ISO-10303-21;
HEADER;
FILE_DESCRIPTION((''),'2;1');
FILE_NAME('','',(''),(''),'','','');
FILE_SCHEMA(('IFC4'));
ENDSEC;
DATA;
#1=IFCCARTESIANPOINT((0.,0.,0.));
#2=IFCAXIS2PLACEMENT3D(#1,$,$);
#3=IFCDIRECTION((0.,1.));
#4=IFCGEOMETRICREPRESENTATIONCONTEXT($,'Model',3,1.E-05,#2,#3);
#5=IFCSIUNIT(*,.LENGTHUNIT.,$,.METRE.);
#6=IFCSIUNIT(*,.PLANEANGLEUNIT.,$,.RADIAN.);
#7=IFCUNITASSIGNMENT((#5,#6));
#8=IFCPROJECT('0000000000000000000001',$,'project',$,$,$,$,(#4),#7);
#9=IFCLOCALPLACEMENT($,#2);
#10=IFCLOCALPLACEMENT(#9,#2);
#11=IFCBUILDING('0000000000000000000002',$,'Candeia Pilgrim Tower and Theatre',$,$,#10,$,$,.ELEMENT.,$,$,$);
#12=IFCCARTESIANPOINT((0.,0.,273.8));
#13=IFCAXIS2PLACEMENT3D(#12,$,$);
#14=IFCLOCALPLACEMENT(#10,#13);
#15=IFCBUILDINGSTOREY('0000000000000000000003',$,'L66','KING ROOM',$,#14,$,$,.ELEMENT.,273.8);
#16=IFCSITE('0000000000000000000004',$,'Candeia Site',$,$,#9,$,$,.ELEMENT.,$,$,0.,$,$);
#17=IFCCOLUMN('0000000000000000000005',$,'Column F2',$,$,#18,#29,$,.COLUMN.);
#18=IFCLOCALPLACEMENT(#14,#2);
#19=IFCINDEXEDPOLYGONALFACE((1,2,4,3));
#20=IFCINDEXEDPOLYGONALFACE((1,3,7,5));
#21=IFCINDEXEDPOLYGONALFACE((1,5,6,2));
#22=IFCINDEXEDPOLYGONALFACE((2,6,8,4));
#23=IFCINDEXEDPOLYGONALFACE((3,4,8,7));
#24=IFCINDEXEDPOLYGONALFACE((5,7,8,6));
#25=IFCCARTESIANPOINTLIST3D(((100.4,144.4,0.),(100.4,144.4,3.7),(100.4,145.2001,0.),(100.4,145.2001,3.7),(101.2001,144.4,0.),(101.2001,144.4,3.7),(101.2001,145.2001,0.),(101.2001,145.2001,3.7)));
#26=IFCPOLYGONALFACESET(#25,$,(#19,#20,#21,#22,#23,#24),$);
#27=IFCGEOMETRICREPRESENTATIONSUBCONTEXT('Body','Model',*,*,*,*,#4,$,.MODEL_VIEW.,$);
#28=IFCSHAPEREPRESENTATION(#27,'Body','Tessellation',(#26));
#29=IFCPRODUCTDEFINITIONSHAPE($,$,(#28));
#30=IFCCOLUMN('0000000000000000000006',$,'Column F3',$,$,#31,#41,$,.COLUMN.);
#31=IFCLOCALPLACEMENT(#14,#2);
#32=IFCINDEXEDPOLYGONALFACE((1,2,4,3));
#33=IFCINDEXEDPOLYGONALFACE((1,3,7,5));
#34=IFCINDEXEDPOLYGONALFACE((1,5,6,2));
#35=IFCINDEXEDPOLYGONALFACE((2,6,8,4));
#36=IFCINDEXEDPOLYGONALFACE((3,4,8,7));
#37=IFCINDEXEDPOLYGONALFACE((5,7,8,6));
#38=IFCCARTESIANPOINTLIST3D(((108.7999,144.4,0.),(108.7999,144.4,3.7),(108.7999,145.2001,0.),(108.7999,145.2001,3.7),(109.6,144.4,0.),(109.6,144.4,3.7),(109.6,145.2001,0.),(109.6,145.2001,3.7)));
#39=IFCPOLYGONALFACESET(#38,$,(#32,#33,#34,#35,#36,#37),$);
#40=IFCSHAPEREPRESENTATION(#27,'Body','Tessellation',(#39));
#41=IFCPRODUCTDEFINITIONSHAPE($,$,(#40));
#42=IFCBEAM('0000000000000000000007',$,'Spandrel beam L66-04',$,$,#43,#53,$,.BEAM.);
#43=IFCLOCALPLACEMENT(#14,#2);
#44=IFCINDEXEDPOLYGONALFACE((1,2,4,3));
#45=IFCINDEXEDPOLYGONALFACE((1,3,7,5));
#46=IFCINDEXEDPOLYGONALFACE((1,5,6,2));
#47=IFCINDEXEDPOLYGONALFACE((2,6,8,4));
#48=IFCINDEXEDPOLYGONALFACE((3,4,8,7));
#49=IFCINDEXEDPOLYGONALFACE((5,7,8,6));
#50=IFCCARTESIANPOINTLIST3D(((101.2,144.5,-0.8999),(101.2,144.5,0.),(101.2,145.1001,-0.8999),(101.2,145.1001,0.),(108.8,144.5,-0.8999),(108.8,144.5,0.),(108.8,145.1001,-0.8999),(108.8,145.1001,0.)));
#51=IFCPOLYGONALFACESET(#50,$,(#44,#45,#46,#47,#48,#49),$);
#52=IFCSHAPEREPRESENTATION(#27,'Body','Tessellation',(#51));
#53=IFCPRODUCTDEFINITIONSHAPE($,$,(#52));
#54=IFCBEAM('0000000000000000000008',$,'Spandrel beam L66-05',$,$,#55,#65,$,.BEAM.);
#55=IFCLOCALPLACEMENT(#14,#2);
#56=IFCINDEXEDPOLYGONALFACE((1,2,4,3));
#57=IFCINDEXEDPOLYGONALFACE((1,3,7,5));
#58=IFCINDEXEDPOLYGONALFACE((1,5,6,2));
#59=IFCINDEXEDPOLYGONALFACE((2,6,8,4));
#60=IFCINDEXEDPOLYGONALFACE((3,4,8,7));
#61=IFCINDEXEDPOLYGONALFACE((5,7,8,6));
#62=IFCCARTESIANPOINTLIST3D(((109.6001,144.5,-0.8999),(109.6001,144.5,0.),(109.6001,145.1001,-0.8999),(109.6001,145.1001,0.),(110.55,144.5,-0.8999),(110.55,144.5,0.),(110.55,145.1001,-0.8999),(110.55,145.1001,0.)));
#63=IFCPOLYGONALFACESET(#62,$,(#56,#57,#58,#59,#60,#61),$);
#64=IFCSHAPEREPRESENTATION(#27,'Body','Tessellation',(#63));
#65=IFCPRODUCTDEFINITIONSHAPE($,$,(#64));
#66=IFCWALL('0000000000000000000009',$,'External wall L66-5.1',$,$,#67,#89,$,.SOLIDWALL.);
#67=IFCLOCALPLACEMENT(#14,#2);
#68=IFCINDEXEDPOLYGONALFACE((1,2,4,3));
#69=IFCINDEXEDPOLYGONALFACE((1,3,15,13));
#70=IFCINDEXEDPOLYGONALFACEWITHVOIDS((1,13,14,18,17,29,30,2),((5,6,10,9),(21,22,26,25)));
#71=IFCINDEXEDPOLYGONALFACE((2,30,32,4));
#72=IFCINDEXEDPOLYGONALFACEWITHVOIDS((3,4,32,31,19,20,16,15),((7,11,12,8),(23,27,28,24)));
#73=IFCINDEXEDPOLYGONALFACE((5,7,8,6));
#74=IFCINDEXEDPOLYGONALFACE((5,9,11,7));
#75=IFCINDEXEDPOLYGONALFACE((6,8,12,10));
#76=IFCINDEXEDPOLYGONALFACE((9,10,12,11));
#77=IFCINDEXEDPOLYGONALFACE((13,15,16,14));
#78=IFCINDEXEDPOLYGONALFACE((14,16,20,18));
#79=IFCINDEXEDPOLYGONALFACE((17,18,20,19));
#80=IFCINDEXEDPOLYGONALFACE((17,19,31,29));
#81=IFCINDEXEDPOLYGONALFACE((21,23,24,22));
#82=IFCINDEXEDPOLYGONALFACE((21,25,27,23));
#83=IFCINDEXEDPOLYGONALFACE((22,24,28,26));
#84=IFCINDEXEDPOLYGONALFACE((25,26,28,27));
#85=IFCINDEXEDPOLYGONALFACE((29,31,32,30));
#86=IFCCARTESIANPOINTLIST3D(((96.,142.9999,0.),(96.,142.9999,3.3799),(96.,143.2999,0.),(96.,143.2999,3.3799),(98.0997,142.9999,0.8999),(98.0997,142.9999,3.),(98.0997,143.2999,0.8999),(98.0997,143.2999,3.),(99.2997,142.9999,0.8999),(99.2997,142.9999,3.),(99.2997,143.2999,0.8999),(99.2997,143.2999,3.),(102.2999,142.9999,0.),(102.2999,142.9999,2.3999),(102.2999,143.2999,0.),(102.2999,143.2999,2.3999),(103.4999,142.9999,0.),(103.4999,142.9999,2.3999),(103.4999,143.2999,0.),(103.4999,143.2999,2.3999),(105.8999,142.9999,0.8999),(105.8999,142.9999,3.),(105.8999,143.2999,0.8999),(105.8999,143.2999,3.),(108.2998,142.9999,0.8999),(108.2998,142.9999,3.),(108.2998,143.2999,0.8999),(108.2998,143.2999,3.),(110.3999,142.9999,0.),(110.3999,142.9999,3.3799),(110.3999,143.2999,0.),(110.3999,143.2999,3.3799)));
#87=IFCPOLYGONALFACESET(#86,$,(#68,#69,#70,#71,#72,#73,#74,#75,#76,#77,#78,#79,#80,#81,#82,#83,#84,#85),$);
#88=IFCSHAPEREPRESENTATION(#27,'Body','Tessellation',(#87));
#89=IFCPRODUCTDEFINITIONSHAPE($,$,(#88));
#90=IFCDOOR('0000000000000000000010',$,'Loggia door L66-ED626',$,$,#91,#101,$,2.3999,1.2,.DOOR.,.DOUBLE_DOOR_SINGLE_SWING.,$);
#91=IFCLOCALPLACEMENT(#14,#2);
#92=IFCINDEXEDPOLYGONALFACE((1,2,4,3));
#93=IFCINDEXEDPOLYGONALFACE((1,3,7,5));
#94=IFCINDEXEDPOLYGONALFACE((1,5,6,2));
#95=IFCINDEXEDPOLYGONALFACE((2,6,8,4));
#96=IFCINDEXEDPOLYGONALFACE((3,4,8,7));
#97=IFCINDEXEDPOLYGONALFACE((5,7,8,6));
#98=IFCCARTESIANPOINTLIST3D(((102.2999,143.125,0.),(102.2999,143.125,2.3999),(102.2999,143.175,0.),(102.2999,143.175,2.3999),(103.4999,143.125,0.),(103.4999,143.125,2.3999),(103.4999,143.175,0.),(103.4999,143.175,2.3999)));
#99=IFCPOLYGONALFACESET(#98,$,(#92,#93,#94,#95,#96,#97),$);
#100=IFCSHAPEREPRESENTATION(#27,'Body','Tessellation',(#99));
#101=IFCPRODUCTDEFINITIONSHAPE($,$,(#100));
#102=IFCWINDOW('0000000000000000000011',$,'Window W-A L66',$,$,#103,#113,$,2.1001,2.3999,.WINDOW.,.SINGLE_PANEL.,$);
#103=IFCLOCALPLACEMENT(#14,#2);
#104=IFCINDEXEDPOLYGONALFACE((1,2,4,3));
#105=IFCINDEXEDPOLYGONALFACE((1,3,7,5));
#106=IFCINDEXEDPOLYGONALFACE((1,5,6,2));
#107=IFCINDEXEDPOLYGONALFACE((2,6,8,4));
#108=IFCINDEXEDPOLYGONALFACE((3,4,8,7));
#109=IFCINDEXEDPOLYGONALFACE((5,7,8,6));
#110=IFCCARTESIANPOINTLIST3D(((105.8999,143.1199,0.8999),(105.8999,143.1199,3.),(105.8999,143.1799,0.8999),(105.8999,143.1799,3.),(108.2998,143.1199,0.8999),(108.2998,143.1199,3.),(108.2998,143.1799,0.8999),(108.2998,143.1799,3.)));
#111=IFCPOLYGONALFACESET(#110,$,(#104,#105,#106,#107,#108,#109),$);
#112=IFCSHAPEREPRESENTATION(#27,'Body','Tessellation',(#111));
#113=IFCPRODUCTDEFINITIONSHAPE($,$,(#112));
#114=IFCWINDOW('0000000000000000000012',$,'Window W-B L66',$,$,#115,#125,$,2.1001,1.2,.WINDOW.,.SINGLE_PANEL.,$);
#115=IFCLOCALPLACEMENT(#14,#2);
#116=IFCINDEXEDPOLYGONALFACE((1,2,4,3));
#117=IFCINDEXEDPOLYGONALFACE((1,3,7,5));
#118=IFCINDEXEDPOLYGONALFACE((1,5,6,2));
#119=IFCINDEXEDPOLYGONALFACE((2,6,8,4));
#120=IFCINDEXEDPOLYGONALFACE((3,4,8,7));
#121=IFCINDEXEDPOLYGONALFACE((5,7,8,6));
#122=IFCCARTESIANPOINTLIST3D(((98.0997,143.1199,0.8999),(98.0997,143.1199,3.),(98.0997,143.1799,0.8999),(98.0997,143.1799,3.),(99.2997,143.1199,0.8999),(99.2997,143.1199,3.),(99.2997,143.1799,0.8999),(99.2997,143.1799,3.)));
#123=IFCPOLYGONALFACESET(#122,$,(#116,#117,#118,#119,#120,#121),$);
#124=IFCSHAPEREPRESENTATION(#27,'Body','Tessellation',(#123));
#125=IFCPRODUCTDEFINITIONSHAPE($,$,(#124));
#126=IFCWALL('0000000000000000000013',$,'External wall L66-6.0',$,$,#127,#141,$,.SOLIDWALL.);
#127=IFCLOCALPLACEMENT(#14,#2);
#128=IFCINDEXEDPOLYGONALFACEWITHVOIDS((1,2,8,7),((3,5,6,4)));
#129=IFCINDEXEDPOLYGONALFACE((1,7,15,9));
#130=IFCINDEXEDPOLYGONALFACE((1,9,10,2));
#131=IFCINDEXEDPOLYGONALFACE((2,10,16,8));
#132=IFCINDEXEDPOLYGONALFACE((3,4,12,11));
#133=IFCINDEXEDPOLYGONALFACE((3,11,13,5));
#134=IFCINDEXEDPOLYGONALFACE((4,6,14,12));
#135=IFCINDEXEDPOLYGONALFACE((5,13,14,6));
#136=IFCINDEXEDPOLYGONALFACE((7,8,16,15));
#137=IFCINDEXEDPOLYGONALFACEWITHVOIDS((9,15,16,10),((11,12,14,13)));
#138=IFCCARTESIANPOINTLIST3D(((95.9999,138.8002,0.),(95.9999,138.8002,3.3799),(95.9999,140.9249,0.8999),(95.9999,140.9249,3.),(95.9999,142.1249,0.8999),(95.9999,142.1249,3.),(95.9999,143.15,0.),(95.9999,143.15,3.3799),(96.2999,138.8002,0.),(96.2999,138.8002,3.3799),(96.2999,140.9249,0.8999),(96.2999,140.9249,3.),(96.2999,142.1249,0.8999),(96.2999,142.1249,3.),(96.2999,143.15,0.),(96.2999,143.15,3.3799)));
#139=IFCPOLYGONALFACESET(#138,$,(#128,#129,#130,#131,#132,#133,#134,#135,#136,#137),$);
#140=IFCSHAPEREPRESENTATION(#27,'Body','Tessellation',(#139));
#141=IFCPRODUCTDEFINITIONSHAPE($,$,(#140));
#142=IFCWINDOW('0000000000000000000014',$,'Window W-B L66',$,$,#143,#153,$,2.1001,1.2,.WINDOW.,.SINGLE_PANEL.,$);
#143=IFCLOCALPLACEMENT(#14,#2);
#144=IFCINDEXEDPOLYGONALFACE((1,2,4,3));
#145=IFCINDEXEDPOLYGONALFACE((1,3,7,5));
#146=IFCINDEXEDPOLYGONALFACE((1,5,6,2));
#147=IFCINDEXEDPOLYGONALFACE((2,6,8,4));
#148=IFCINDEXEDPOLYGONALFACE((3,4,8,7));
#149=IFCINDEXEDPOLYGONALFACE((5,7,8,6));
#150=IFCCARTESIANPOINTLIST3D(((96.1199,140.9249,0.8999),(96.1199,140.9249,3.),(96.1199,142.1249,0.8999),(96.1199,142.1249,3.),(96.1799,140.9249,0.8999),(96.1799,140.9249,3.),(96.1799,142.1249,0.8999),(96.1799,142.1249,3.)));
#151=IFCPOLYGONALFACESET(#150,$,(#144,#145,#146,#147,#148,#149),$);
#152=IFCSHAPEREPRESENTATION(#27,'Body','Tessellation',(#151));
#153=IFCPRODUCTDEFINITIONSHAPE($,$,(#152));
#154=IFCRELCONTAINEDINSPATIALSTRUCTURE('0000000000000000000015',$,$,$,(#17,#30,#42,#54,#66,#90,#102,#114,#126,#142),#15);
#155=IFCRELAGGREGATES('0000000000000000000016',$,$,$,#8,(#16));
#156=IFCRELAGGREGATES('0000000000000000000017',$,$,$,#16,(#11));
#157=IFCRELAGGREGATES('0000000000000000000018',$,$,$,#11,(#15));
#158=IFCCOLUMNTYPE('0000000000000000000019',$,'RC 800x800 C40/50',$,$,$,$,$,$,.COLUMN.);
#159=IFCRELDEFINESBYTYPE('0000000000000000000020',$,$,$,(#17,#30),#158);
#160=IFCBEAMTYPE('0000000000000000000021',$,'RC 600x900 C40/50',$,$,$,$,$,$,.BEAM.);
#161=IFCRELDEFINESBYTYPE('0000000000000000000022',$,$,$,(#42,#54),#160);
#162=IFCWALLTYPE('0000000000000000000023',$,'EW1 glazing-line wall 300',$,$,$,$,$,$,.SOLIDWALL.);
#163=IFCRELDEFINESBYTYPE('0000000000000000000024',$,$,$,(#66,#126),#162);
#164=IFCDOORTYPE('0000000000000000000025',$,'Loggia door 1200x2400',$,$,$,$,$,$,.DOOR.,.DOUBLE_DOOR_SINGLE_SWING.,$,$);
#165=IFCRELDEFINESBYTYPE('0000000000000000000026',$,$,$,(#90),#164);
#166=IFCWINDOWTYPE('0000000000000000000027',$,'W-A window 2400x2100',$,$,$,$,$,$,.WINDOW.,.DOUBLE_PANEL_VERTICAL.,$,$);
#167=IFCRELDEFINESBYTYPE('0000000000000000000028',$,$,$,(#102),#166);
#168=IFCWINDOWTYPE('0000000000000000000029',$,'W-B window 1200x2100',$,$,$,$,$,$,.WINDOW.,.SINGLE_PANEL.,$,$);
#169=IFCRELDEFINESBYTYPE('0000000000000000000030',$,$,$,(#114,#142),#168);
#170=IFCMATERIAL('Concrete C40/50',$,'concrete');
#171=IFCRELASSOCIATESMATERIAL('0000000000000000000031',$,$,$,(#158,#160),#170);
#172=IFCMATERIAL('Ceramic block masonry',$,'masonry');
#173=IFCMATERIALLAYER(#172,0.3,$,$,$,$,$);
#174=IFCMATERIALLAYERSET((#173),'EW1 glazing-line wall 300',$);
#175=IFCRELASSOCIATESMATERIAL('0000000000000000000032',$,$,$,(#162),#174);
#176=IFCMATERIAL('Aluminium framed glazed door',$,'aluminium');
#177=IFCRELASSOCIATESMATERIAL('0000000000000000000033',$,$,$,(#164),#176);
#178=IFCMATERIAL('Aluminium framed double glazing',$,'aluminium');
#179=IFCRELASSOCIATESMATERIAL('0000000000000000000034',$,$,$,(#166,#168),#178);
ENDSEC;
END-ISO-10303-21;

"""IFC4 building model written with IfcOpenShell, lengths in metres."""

from ifc_helpers import new_model, si_unit, direction, frame, frame_2d, origin, origin_2d, place, context, subcontext, project, spatial, rectangle, extrude, material, layer, layer_set, material_profile, profile_set, type_object, element, fill, save


model = new_model("IFC4")

# Units and contexts
model_context = context("Model", 3, precision=1e-05, world=origin(), true_north=direction((0.0, 1.0)))
body_context = subcontext(model_context, "Body", "Model", "MODEL_VIEW")
ifc_project = project(units=[si_unit("LENGTHUNIT", "METRE"), si_unit("PLANEANGLEUNIT", "RADIAN")], contexts=[model_context])

# Site, building, storey
site_placement = place(None, origin())
site = spatial("IfcSite", under=ifc_project, at=site_placement, Name="Candeia Site", CompositionType="ELEMENT", RefElevation=0.0)
building_placement = place(site_placement, origin())
building = spatial("IfcBuilding", under=site, at=building_placement, Name="Candeia Pilgrim Tower and Theatre", CompositionType="ELEMENT")
storey_placement = place(building_placement, frame((0.0, 0.0, 273.8)))
storey = spatial("IfcBuildingStorey", under=building, at=storey_placement, Name="L66", Description="KING ROOM", CompositionType="ELEMENT", Elevation=273.8)

# Columns
ifc_material_1 = material(Name="Concrete C40/50", Category="concrete")
ifc_material_profile_1 = material_profile(ifc_material_1, rectangle(XDim=0.8, YDim=0.8, at=origin_2d()))
ifc_profile_set_1 = profile_set([ifc_material_profile_1], Name="Concrete C40/50")
column_type = type_object("IfcColumnType", Name="RC 800x800 C40/50", PredefinedType="COLUMN", material=ifc_profile_set_1)
for number, where, z_axis, x_axis, name in (
    (1, (100.8, 144.8, 0.0), (0.0, 0.0, 1.0), (1.0, 0.0, 0.0), "Column F2"),
    (2, (109.2, 144.8, 0.0), (0.0, 0.0, 1.0), (1.0, 0.0, 0.0), "Column F3"),
):
    element("IfcColumn", number, at=place(storey_placement, frame(where, z_axis=z_axis, x_axis=x_axis)), inside=storey, type_object=column_type, Name=name, PredefinedType="COLUMN", context=body_context, shape_type="SweptSolid", body=[
        extrude(rectangle(XDim=0.8, YDim=0.8, at=origin_2d()), origin(), (0.0, 0.0, 1.0), 3.7),
    ])

# Beams
ifc_material_profile_2 = material_profile(ifc_material_1, rectangle(XDim=0.6001, YDim=0.8999, at=origin_2d()))
ifc_profile_set_2 = profile_set([ifc_material_profile_2], Name="Concrete C40/50")
beam_type = type_object("IfcBeamType", Name="RC 600x900 C40/50", PredefinedType="BEAM", material=ifc_profile_set_2)
beam_1_placement = place(storey_placement, frame((101.2, 144.8, -0.45), z_axis=(1.0, 0.0, 0.0), x_axis=(0.0, 1.0, 0.0)))
element("IfcBeam", 3, at=beam_1_placement, inside=storey, type_object=beam_type, Name="Spandrel beam L66-04", PredefinedType="BEAM", context=body_context, shape_type="SweptSolid", body=[
    extrude(rectangle(XDim=0.6001, YDim=0.8999, at=origin_2d()), origin(), (0.0, 0.0, 1.0), 7.6001),
])
beam_2_placement = place(storey_placement, frame((109.6001, 144.8, -0.45), z_axis=(1.0, 0.0, 0.0), x_axis=(0.0, 1.0, 0.0)))
element("IfcBeam", 4, at=beam_2_placement, inside=storey, type_object=beam_type, Name="Spandrel beam L66-05", PredefinedType="BEAM", context=body_context, shape_type="SweptSolid", body=[
    extrude(rectangle(XDim=0.6001, YDim=0.8999, at=origin_2d()), origin(), (0.0, 0.0, 1.0), 0.95),
])

# Wall, openings, door, windows
ifc_material_2 = material(Name="Ceramic block masonry", Category="masonry")
ifc_layer_1 = layer(ifc_material_2, 0.3)
ifc_layer_set_1 = layer_set([ifc_layer_1], Name="EW1 glazing-line wall 300")
wall_type_1 = type_object("IfcWallType", Name="EW1 glazing-line wall 300", PredefinedType="SOLIDWALL", material=ifc_layer_set_1)
wall_1_placement = place(storey_placement, frame((110.3999, 143.1499, 0.0), z_axis=(0.0, 0.0, 1.0), x_axis=(-1.0, 0.0, 0.0)))
wall_1 = element("IfcWall", 5, at=wall_1_placement, inside=storey, type_object=wall_type_1, Name="External wall L66-5.1", PredefinedType="SOLIDWALL", context=body_context, shape_type="SweptSolid", body=[
    extrude(rectangle(XDim=14.3999, YDim=0.3, at=frame_2d((7.2, 0.0))), origin(), (0.0, 0.0, 1.0), 3.3799),
])
opening_1_placement = place(wall_1_placement, frame((2.1001, 0.0, 0.8999)))
opening_1 = element("IfcOpeningElement", 6, at=opening_1_placement, cuts=wall_1, PredefinedType="OPENING", context=body_context, shape_type="SweptSolid", body=[
    extrude(rectangle(XDim=2.3999, YDim=2.1001, at=frame_2d((1.2, 1.05))), frame((0.0, 0.1602, 0.0), z_axis=(0.0, -1.0, 0.0), x_axis=(1.0, 0.0, 0.0)), (0.0, 0.0, 1.0), 0.3201),
])
opening_2_placement = place(wall_1_placement, frame((6.8999, 0.0, 0.0)))
opening_2 = element("IfcOpeningElement", 7, at=opening_2_placement, cuts=wall_1, PredefinedType="OPENING", context=body_context, shape_type="SweptSolid", body=[
    extrude(rectangle(XDim=1.2, YDim=2.3999, at=frame_2d((0.6001, 1.2))), frame((0.0, 0.1602, 0.0), z_axis=(0.0, -1.0, 0.0), x_axis=(1.0, 0.0, 0.0)), (0.0, 0.0, 1.0), 0.3201),
])
opening_3_placement = place(wall_1_placement, frame((11.1001, 0.0, 0.8999)))
opening_3 = element("IfcOpeningElement", 8, at=opening_3_placement, cuts=wall_1, PredefinedType="OPENING", context=body_context, shape_type="SweptSolid", body=[
    extrude(rectangle(XDim=1.2, YDim=2.1001, at=frame_2d((0.6001, 1.05))), frame((0.0, 0.1602, 0.0), z_axis=(0.0, -1.0, 0.0), x_axis=(1.0, 0.0, 0.0)), (0.0, 0.0, 1.0), 0.3201),
])
ifc_material_3 = material(Name="Aluminium framed glazed door", Category="aluminium")
door_type_1 = type_object("IfcDoorType", Name="Loggia door 1200x2400", OperationType="DOUBLE_DOOR_SINGLE_SWING", PredefinedType="DOOR", material=ifc_material_3)
door_1_placement = place(opening_2_placement, origin())
door_1 = element("IfcDoor", 9, at=door_1_placement, inside=storey, type_object=door_type_1, Name="Loggia door L66-ED626", OperationType="DOUBLE_DOOR_SINGLE_SWING", OverallHeight=2.3999, OverallWidth=1.2, PredefinedType="DOOR", context=body_context, shape_type="SweptSolid", body=[
    extrude(rectangle(XDim=1.2, YDim=2.3999, at=frame_2d((0.6001, 1.2))), frame((0.0, 0.0249, 0.0), z_axis=(0.0, -1.0, 0.0), x_axis=(1.0, 0.0, 0.0)), (0.0, 0.0, 1.0), 0.05),
])
fill(opening_2, door_1)
ifc_material_4 = material(Name="Aluminium framed double glazing", Category="aluminium")
window_type_1 = type_object("IfcWindowType", Name="W-A window 2400x2100", PartitioningType="DOUBLE_PANEL_VERTICAL", PredefinedType="WINDOW", material=ifc_material_4)
window_1_placement = place(opening_1_placement, origin())
window_1 = element("IfcWindow", 10, at=window_1_placement, inside=storey, type_object=window_type_1, Name="Window W-A L66", OverallHeight=2.1001, OverallWidth=2.3999, PartitioningType="SINGLE_PANEL", PredefinedType="WINDOW", context=body_context, shape_type="SweptSolid", body=[
    extrude(rectangle(XDim=2.3999, YDim=2.1001, at=frame_2d((1.2, 1.05))), frame((0.0, 0.03, 0.0), z_axis=(0.0, -1.0, 0.0), x_axis=(1.0, 0.0, 0.0)), (0.0, 0.0, 1.0), 0.0601),
])
fill(opening_1, window_1)
window_type_2 = type_object("IfcWindowType", Name="W-B window 1200x2100", PartitioningType="SINGLE_PANEL", PredefinedType="WINDOW", material=ifc_material_4)
window_2_placement = place(opening_3_placement, origin())
window_2 = element("IfcWindow", 11, at=window_2_placement, inside=storey, type_object=window_type_2, Name="Window W-B L66", OverallHeight=2.1001, OverallWidth=1.2, PartitioningType="SINGLE_PANEL", PredefinedType="WINDOW", context=body_context, shape_type="SweptSolid", body=[
    extrude(rectangle(XDim=1.2, YDim=2.1001, at=frame_2d((0.6001, 1.05))), frame((0.0, 0.03, 0.0), z_axis=(0.0, -1.0, 0.0), x_axis=(1.0, 0.0, 0.0)), (0.0, 0.0, 1.0), 0.0601),
])
fill(opening_3, window_2)

# Wall, opening, window
wall_2_placement = place(storey_placement, frame((96.1499, 143.1499, 0.0), z_axis=(0.0, 0.0, 1.0), x_axis=(0.0, -1.0, 0.0)))
wall_2 = element("IfcWall", 12, at=wall_2_placement, inside=storey, type_object=wall_type_1, Name="External wall L66-6.0", PredefinedType="SOLIDWALL", context=body_context, shape_type="SweptSolid", body=[
    extrude(rectangle(XDim=4.3499, YDim=0.3, at=frame_2d((2.1748, 0.0))), origin(), (0.0, 0.0, 1.0), 3.3799),
])
opening_4_placement = place(wall_2_placement, frame((1.0249, 0.0, 0.8999)))
opening_4 = element("IfcOpeningElement", 13, at=opening_4_placement, cuts=wall_2, PredefinedType="OPENING", context=body_context, shape_type="SweptSolid", body=[
    extrude(rectangle(XDim=1.2, YDim=2.1001, at=frame_2d((0.6001, 1.05))), frame((0.0, 0.1602, 0.0), z_axis=(0.0, -1.0, 0.0), x_axis=(1.0, 0.0, 0.0)), (0.0, 0.0, 1.0), 0.3201),
])
window_3_placement = place(opening_4_placement, origin())
window_3 = element("IfcWindow", 14, at=window_3_placement, inside=storey, type_object=window_type_2, Name="Window W-B L66", OverallHeight=2.1001, OverallWidth=1.2, PartitioningType="SINGLE_PANEL", PredefinedType="WINDOW", context=body_context, shape_type="SweptSolid", body=[
    extrude(rectangle(XDim=1.2, YDim=2.1001, at=frame_2d((0.6001, 1.05))), frame((0.0, 0.03, 0.0), z_axis=(0.0, -1.0, 0.0), x_axis=(1.0, 0.0, 0.0)), (0.0, 0.0, 1.0), 0.0601),
])
fill(opening_4, window_3)

save(model, "model.ifc")
